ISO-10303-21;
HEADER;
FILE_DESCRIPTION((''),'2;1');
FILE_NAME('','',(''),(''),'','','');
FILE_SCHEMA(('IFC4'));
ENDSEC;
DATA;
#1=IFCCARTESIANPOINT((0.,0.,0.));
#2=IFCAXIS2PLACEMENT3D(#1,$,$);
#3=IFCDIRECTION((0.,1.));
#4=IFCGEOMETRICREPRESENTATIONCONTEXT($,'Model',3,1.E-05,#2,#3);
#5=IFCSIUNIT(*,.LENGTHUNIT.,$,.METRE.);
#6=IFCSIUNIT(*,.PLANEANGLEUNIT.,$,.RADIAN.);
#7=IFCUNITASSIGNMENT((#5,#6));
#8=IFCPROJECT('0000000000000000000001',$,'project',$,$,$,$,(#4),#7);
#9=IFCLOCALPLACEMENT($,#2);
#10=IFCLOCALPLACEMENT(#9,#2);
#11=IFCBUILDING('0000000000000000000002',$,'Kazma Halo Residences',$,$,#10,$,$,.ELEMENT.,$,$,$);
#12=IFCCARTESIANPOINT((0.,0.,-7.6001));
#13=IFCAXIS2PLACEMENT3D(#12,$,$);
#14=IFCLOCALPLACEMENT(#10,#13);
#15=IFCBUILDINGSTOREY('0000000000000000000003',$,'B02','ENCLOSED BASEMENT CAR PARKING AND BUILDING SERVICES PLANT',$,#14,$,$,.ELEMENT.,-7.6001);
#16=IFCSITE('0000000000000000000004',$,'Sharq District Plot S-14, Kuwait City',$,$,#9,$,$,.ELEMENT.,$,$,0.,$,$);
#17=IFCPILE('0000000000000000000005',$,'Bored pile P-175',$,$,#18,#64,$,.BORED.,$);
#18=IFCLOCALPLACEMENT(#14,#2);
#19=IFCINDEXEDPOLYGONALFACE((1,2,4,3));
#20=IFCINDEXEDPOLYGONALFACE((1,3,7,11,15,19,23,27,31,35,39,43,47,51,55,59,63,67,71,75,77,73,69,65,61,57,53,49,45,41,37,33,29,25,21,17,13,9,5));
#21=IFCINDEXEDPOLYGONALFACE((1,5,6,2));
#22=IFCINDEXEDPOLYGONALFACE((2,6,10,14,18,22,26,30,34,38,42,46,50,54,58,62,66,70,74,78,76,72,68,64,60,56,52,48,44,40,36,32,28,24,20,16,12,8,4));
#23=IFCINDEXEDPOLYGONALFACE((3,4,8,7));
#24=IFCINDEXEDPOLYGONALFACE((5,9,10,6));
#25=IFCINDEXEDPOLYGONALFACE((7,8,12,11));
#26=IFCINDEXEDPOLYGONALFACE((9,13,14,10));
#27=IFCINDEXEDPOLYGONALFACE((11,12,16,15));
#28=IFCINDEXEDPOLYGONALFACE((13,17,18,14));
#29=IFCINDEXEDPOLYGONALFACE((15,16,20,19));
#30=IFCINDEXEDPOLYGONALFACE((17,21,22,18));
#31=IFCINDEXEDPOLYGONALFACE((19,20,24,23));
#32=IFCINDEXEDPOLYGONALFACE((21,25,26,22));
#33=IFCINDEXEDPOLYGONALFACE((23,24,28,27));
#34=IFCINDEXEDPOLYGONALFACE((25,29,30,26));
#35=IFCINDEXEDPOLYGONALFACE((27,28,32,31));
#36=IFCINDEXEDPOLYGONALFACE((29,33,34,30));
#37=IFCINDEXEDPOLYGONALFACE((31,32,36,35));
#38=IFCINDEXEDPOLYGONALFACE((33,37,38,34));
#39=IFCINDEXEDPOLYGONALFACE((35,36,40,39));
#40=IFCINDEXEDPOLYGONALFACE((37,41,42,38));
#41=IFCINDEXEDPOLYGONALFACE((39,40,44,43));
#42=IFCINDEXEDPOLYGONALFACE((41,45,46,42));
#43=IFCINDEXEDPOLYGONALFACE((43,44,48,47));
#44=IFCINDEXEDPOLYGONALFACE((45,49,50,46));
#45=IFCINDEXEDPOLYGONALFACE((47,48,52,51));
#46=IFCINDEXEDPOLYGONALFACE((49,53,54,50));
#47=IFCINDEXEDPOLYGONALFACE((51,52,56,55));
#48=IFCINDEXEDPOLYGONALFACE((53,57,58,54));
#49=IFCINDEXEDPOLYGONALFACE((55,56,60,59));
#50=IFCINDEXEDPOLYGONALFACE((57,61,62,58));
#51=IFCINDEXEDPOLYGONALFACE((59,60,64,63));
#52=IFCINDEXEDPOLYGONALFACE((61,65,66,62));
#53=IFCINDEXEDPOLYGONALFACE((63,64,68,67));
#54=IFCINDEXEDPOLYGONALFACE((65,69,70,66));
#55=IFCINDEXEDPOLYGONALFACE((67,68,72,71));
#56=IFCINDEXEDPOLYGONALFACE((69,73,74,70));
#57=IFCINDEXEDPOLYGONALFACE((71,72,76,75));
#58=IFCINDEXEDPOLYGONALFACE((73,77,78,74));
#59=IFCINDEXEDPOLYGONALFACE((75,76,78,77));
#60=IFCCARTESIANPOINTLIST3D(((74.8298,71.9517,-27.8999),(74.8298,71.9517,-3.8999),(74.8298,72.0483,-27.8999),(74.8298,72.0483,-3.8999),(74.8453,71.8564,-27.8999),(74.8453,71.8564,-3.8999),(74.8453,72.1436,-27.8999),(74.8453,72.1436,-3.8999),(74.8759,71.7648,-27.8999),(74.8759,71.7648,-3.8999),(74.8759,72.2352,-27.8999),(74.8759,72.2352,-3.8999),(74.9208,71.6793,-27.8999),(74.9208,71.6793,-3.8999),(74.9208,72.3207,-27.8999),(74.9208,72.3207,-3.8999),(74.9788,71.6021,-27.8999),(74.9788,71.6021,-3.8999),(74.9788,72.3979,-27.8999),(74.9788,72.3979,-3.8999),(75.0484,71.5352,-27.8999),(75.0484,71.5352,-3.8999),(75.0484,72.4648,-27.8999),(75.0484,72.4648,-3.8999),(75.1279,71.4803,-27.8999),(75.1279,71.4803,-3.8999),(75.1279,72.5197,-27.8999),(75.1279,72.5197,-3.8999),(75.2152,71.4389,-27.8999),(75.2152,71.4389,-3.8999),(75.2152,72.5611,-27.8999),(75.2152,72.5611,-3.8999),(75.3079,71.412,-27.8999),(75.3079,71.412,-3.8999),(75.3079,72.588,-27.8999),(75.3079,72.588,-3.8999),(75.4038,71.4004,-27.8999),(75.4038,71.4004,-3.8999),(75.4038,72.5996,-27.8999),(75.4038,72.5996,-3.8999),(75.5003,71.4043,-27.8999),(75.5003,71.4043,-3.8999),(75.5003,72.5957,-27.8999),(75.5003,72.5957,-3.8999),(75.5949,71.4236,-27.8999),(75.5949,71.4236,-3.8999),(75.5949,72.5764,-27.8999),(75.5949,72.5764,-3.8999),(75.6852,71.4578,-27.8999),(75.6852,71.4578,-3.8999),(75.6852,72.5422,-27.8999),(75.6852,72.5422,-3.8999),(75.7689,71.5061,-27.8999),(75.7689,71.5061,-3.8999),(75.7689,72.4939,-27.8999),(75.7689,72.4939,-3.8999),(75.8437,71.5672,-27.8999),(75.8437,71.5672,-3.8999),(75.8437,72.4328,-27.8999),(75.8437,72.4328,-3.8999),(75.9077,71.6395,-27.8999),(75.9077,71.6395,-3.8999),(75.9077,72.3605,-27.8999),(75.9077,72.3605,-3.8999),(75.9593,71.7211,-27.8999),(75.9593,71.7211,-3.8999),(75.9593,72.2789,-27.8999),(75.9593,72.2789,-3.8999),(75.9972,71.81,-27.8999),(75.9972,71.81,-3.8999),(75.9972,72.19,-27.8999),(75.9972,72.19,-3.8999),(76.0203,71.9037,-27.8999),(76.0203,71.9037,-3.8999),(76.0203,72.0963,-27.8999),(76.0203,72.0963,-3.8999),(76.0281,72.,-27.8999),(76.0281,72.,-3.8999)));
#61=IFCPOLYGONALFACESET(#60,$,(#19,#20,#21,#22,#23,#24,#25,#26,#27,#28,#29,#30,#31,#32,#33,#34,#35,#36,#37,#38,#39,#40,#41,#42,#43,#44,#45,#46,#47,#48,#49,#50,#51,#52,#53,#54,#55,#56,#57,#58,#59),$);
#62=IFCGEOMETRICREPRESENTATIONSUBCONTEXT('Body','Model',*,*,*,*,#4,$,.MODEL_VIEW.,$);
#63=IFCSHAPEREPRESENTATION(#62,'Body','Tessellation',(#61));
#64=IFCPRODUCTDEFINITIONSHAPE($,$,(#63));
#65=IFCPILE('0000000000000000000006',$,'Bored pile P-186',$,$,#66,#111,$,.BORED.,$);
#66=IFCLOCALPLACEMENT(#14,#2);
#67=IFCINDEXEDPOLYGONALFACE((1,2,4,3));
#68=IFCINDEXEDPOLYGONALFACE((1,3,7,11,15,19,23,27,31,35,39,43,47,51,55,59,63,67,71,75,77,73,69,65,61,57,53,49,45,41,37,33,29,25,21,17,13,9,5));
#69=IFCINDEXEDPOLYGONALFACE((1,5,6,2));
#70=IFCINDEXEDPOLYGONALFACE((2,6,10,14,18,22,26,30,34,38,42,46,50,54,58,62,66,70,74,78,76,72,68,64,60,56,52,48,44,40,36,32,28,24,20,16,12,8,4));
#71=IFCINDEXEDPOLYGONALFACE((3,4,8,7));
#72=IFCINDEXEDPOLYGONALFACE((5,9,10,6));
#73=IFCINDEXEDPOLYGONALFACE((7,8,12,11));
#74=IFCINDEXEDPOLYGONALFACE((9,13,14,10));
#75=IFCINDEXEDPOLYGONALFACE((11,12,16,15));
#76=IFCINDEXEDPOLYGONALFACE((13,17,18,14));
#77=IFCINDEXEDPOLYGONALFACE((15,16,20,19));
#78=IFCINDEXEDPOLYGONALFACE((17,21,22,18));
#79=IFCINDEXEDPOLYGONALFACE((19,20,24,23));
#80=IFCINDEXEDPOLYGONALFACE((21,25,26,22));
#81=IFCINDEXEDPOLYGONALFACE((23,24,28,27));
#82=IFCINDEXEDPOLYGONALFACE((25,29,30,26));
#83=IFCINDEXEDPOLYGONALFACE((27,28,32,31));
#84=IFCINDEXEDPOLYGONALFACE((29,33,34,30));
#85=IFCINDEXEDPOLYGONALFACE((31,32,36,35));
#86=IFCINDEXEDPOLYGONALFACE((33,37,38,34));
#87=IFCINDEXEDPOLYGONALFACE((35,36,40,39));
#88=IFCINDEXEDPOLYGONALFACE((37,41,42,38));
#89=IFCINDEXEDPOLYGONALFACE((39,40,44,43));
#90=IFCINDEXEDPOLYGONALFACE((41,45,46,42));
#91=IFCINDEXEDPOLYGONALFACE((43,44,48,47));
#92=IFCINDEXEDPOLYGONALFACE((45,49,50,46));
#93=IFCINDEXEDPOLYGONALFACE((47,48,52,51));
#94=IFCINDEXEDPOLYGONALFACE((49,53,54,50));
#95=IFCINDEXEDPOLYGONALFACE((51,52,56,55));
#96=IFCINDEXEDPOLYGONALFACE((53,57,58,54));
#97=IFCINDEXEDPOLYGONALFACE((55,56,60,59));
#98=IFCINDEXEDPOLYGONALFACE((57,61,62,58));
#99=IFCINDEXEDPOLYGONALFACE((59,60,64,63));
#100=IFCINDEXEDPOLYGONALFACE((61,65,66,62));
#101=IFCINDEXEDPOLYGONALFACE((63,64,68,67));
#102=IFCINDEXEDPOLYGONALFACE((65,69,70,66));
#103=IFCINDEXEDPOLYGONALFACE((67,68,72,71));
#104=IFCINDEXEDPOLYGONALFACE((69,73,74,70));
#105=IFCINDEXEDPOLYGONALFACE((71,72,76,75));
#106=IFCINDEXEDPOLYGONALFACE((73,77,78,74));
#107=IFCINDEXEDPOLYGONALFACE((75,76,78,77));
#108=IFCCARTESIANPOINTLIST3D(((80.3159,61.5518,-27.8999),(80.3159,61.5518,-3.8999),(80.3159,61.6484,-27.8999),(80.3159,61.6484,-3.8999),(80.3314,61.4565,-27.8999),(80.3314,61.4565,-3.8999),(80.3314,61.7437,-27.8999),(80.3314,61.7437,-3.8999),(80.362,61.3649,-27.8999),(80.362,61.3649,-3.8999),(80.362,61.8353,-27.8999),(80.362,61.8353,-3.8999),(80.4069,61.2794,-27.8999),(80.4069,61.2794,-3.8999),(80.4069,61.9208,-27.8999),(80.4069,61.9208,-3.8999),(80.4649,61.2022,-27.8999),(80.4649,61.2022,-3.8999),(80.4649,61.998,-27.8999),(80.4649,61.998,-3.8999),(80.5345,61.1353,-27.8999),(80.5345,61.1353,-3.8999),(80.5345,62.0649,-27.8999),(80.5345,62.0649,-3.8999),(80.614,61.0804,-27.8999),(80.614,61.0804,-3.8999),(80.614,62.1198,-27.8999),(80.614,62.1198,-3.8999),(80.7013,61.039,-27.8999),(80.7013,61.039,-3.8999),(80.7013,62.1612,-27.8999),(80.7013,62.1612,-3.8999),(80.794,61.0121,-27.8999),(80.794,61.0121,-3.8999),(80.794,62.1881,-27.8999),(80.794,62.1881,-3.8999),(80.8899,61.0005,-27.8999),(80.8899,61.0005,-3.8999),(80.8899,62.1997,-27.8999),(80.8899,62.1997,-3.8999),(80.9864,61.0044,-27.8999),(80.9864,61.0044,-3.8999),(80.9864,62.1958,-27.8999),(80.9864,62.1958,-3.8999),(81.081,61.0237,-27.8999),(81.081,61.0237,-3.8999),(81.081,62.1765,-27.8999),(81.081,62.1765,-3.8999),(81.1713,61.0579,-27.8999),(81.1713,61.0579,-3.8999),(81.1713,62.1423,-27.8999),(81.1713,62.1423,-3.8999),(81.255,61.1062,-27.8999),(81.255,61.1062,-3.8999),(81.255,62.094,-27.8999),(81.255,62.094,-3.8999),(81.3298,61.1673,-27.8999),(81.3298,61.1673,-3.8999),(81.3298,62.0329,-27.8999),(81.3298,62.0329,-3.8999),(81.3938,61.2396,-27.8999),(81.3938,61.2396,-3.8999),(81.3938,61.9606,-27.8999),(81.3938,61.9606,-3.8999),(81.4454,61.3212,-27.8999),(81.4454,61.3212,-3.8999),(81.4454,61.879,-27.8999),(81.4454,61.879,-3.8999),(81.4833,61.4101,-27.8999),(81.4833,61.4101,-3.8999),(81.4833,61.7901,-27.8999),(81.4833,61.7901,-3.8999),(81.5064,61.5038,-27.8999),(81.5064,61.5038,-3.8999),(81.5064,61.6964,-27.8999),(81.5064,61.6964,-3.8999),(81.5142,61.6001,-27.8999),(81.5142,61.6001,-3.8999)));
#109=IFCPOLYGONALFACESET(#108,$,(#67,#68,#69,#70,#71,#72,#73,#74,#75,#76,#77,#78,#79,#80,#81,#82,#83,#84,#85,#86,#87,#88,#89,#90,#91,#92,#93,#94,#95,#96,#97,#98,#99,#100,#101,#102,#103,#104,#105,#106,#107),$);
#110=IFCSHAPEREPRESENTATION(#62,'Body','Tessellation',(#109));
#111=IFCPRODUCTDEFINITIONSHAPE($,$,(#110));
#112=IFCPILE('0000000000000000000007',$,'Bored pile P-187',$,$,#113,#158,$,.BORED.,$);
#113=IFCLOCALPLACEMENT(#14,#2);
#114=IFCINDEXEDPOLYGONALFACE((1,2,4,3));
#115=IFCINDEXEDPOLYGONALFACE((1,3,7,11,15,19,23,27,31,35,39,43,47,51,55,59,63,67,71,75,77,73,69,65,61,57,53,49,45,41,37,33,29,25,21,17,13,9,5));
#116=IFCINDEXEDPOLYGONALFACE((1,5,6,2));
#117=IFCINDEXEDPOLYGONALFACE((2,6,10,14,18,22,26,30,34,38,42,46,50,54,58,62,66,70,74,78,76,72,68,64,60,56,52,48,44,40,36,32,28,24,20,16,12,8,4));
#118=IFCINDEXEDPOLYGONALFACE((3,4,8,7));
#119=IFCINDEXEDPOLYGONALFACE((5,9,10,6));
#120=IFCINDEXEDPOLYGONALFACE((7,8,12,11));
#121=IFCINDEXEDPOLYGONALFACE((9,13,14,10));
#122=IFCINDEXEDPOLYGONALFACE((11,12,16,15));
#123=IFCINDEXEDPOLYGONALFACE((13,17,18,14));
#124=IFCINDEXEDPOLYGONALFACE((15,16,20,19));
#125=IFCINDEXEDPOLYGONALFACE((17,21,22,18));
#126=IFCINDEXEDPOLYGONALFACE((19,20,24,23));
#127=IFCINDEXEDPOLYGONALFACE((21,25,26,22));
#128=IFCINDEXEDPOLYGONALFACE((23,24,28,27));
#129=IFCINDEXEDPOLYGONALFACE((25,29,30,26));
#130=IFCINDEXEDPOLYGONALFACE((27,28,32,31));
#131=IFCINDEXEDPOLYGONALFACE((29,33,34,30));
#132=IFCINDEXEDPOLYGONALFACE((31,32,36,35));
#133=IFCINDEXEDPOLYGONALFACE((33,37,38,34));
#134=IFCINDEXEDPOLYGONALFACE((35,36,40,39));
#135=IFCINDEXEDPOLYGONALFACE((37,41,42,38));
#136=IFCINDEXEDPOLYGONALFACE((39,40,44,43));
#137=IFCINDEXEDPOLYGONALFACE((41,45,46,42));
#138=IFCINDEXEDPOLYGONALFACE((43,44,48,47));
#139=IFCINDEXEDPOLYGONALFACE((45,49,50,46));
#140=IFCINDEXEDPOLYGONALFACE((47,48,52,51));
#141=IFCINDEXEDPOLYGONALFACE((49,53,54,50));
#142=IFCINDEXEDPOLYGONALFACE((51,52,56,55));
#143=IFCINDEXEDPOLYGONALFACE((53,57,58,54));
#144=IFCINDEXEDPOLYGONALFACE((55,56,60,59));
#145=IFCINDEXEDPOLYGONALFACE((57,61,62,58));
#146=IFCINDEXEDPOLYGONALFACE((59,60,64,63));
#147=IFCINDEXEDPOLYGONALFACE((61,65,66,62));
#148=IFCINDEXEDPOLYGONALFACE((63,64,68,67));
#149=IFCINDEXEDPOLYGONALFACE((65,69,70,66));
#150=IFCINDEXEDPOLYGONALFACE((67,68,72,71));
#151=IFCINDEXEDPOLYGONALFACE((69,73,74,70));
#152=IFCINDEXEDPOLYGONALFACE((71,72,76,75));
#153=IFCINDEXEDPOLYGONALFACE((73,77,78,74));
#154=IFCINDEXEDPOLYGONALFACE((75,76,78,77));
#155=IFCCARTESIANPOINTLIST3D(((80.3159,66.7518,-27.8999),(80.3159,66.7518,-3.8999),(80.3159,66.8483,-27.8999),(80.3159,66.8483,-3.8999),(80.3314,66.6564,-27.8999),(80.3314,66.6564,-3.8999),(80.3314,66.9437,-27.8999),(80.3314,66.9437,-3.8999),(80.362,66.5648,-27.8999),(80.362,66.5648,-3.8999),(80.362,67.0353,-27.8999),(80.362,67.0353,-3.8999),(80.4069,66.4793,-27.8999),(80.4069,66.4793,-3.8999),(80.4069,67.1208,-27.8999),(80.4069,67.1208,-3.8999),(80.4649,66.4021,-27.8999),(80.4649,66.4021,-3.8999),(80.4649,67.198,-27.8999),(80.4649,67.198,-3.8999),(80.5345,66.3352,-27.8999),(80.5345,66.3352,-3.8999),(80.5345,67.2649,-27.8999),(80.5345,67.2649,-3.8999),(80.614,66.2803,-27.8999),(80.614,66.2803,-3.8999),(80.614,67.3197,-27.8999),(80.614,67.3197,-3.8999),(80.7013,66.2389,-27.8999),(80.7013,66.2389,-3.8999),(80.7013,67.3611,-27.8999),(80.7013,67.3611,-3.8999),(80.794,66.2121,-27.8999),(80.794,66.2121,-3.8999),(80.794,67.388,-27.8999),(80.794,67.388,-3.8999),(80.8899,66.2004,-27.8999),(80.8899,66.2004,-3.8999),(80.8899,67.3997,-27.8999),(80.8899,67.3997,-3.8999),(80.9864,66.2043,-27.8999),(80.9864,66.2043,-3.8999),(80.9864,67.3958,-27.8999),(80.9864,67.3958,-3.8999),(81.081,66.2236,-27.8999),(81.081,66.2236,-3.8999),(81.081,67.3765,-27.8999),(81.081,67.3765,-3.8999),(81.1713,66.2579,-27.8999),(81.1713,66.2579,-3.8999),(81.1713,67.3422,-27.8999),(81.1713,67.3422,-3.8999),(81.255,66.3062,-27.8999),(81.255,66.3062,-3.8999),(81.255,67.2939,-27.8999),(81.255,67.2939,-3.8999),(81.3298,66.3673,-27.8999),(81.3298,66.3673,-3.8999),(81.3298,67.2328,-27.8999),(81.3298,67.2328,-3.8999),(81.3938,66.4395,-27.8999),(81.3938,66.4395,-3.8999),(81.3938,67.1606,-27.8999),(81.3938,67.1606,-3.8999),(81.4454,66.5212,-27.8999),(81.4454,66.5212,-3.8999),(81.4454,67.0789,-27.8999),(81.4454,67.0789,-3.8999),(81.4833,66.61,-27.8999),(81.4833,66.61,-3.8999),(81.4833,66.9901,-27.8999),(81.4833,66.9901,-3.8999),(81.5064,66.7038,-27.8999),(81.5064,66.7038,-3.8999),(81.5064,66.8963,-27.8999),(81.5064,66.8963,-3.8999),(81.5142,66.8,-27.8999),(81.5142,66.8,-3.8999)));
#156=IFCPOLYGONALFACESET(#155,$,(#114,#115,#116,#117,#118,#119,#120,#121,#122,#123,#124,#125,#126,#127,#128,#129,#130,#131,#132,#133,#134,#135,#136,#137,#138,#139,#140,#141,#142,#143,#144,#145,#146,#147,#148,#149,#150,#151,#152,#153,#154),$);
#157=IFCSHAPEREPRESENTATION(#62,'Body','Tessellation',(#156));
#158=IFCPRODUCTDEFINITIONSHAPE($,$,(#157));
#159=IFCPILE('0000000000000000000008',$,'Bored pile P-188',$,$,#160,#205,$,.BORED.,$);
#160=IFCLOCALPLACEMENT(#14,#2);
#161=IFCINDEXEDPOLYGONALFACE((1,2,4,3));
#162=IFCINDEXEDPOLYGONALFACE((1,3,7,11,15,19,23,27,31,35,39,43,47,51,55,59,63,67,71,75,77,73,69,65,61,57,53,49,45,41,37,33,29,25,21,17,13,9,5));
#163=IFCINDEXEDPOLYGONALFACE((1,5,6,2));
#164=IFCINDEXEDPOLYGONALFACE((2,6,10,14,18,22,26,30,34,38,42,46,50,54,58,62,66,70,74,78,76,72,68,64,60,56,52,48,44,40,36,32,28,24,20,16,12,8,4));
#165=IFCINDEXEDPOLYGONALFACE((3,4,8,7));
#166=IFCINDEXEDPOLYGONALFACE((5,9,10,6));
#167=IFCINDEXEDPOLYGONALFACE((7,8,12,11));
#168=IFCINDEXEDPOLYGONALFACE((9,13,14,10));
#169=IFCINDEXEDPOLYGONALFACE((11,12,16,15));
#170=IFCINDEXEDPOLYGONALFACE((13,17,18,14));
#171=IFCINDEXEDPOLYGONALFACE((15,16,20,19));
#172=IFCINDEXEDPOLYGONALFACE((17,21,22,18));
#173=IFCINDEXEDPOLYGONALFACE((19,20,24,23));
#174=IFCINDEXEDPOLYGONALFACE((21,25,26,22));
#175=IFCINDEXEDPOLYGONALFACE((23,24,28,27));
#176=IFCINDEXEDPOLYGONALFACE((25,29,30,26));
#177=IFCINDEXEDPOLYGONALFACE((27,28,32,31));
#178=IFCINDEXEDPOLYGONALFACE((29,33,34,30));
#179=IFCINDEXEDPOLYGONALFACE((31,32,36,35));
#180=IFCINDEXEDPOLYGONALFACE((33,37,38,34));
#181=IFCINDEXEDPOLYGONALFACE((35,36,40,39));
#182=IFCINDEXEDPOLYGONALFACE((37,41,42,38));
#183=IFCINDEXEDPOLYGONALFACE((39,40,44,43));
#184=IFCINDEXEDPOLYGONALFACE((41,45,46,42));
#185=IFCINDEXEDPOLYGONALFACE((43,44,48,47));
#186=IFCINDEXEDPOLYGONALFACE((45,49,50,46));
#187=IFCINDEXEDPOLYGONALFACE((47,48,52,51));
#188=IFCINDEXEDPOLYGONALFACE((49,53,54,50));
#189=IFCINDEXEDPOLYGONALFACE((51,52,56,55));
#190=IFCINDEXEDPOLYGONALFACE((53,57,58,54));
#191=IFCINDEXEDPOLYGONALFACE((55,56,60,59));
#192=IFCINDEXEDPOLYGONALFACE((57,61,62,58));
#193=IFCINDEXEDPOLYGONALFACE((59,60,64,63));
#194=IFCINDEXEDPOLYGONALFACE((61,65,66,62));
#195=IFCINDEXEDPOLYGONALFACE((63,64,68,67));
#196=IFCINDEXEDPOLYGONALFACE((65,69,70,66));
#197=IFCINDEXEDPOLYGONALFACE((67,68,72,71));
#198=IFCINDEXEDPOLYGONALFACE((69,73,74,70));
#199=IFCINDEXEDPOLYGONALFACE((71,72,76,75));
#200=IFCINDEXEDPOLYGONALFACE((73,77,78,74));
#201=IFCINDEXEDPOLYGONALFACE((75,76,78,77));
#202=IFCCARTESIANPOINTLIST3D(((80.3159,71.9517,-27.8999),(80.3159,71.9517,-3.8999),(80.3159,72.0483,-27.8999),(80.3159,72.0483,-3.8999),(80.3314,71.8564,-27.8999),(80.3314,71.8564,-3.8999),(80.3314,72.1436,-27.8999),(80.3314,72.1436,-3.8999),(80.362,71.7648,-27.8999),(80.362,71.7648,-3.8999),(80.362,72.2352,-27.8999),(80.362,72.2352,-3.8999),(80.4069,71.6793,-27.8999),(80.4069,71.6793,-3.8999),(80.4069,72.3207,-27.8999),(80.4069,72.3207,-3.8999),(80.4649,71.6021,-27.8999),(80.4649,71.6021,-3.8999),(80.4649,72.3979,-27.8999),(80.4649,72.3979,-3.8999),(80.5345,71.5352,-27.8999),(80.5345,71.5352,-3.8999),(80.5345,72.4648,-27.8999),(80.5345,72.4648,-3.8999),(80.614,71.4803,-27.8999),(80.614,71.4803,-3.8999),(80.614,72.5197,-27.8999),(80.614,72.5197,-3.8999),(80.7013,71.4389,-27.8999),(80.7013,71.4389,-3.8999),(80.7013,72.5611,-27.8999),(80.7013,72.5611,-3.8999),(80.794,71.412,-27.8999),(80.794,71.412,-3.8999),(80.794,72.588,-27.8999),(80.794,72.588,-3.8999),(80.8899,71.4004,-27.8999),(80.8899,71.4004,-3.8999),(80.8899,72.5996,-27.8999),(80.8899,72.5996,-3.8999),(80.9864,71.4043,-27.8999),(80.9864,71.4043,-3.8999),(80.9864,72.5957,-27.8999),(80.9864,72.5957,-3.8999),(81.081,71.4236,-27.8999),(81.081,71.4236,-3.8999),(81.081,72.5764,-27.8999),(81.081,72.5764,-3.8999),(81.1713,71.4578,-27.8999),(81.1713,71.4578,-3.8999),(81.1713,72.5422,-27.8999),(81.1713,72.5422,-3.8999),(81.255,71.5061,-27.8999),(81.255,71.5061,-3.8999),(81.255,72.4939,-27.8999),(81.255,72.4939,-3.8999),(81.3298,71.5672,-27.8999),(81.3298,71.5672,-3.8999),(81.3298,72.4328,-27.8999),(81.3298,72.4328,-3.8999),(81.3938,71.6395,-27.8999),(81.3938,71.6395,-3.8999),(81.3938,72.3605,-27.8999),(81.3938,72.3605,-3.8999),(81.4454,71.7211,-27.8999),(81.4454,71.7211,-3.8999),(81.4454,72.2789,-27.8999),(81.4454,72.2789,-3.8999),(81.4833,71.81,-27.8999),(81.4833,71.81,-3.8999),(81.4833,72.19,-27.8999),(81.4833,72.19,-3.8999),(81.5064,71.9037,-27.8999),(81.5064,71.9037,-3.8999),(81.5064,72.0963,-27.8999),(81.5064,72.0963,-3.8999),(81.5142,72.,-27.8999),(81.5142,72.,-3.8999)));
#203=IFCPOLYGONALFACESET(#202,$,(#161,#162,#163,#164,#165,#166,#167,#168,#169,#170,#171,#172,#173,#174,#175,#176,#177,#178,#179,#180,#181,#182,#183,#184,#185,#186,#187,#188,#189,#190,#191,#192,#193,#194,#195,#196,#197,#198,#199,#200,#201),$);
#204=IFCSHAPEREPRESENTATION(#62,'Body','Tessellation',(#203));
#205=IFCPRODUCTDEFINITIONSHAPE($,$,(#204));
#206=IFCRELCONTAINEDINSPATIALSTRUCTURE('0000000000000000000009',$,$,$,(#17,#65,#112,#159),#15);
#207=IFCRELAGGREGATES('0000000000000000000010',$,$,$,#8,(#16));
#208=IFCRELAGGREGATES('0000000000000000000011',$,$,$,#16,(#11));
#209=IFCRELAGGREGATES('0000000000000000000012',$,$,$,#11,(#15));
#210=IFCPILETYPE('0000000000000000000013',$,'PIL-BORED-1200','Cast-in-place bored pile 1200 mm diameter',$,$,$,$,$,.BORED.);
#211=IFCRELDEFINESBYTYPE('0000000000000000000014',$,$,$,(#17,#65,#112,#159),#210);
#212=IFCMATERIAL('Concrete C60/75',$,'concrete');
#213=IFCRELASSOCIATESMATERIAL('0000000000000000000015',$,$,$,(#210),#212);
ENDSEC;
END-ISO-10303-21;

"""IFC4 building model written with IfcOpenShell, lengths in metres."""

from ifc_helpers import new_model, si_unit, direction, frame, origin, origin_2d, place, context, subcontext, project, spatial, circle, extrude, material, material_profile, profile_set, type_object, element, save


model = new_model("IFC4")

# Units and contexts
model_context = context("Model", 3, precision=1e-05, world=origin(), true_north=direction((0.0, 1.0)))
body_context = subcontext(model_context, "Body", "Model", "MODEL_VIEW")
ifc_project = project(units=[si_unit("LENGTHUNIT", "METRE"), si_unit("PLANEANGLEUNIT", "RADIAN")], contexts=[model_context])

# Site, building, storey
site_placement = place(None, origin())
site = spatial("IfcSite", under=ifc_project, at=site_placement, Name="Sharq District Plot S-14, Kuwait City", CompositionType="ELEMENT", RefElevation=0.0)
building_placement = place(site_placement, origin())
building = spatial("IfcBuilding", under=site, at=building_placement, Name="Kazma Halo Residences", CompositionType="ELEMENT")
storey_placement = place(building_placement, frame((0.0, 0.0, -7.6001)))
storey = spatial("IfcBuildingStorey", under=building, at=storey_placement, Name="B02", Description="ENCLOSED BASEMENT CAR PARKING AND BUILDING SERVICES PLANT", CompositionType="ELEMENT", Elevation=-7.6001)

# Piles
ifc_material_1 = material(Name="Concrete C60/75", Category="concrete")
ifc_material_profile_1 = material_profile(ifc_material_1, circle(Radius=0.6001, at=origin_2d()), Name="CIRC1200")
ifc_profile_set_1 = profile_set([ifc_material_profile_1], Name="Concrete C60/75")
pile_type = type_object("IfcPileType", Name="PIL-BORED-1200", Description="Cast-in-place bored pile 1200 mm diameter", PredefinedType="BORED", material=ifc_profile_set_1)
for number, where, z_axis, x_axis, name in (
    (1, (75.428, 72.0, -3.8999), (0.0, 0.0, -1.0), (1.0, 0.0, 0.0), "Bored pile P-175"),
    (2, (80.9141, 61.6001, -3.8999), (0.0, 0.0, -1.0), (1.0, 0.0, 0.0), "Bored pile P-186"),
    (3, (80.9141, 66.8, -3.8999), (0.0, 0.0, -1.0), (1.0, 0.0, 0.0), "Bored pile P-187"),
    (4, (80.9141, 72.0, -3.8999), (0.0, 0.0, -1.0), (1.0, 0.0, 0.0), "Bored pile P-188"),
):
    element("IfcPile", number, at=place(storey_placement, frame(where, z_axis=z_axis, x_axis=x_axis)), inside=storey, type_object=pile_type, Name=name, PredefinedType="BORED", context=body_context, shape_type="SweptSolid", body=[
        extrude(circle(Radius=0.6001, at=origin_2d()), origin(), (0.0, 0.0, 1.0), 24.0),
    ])

save(model, "model.ifc")
